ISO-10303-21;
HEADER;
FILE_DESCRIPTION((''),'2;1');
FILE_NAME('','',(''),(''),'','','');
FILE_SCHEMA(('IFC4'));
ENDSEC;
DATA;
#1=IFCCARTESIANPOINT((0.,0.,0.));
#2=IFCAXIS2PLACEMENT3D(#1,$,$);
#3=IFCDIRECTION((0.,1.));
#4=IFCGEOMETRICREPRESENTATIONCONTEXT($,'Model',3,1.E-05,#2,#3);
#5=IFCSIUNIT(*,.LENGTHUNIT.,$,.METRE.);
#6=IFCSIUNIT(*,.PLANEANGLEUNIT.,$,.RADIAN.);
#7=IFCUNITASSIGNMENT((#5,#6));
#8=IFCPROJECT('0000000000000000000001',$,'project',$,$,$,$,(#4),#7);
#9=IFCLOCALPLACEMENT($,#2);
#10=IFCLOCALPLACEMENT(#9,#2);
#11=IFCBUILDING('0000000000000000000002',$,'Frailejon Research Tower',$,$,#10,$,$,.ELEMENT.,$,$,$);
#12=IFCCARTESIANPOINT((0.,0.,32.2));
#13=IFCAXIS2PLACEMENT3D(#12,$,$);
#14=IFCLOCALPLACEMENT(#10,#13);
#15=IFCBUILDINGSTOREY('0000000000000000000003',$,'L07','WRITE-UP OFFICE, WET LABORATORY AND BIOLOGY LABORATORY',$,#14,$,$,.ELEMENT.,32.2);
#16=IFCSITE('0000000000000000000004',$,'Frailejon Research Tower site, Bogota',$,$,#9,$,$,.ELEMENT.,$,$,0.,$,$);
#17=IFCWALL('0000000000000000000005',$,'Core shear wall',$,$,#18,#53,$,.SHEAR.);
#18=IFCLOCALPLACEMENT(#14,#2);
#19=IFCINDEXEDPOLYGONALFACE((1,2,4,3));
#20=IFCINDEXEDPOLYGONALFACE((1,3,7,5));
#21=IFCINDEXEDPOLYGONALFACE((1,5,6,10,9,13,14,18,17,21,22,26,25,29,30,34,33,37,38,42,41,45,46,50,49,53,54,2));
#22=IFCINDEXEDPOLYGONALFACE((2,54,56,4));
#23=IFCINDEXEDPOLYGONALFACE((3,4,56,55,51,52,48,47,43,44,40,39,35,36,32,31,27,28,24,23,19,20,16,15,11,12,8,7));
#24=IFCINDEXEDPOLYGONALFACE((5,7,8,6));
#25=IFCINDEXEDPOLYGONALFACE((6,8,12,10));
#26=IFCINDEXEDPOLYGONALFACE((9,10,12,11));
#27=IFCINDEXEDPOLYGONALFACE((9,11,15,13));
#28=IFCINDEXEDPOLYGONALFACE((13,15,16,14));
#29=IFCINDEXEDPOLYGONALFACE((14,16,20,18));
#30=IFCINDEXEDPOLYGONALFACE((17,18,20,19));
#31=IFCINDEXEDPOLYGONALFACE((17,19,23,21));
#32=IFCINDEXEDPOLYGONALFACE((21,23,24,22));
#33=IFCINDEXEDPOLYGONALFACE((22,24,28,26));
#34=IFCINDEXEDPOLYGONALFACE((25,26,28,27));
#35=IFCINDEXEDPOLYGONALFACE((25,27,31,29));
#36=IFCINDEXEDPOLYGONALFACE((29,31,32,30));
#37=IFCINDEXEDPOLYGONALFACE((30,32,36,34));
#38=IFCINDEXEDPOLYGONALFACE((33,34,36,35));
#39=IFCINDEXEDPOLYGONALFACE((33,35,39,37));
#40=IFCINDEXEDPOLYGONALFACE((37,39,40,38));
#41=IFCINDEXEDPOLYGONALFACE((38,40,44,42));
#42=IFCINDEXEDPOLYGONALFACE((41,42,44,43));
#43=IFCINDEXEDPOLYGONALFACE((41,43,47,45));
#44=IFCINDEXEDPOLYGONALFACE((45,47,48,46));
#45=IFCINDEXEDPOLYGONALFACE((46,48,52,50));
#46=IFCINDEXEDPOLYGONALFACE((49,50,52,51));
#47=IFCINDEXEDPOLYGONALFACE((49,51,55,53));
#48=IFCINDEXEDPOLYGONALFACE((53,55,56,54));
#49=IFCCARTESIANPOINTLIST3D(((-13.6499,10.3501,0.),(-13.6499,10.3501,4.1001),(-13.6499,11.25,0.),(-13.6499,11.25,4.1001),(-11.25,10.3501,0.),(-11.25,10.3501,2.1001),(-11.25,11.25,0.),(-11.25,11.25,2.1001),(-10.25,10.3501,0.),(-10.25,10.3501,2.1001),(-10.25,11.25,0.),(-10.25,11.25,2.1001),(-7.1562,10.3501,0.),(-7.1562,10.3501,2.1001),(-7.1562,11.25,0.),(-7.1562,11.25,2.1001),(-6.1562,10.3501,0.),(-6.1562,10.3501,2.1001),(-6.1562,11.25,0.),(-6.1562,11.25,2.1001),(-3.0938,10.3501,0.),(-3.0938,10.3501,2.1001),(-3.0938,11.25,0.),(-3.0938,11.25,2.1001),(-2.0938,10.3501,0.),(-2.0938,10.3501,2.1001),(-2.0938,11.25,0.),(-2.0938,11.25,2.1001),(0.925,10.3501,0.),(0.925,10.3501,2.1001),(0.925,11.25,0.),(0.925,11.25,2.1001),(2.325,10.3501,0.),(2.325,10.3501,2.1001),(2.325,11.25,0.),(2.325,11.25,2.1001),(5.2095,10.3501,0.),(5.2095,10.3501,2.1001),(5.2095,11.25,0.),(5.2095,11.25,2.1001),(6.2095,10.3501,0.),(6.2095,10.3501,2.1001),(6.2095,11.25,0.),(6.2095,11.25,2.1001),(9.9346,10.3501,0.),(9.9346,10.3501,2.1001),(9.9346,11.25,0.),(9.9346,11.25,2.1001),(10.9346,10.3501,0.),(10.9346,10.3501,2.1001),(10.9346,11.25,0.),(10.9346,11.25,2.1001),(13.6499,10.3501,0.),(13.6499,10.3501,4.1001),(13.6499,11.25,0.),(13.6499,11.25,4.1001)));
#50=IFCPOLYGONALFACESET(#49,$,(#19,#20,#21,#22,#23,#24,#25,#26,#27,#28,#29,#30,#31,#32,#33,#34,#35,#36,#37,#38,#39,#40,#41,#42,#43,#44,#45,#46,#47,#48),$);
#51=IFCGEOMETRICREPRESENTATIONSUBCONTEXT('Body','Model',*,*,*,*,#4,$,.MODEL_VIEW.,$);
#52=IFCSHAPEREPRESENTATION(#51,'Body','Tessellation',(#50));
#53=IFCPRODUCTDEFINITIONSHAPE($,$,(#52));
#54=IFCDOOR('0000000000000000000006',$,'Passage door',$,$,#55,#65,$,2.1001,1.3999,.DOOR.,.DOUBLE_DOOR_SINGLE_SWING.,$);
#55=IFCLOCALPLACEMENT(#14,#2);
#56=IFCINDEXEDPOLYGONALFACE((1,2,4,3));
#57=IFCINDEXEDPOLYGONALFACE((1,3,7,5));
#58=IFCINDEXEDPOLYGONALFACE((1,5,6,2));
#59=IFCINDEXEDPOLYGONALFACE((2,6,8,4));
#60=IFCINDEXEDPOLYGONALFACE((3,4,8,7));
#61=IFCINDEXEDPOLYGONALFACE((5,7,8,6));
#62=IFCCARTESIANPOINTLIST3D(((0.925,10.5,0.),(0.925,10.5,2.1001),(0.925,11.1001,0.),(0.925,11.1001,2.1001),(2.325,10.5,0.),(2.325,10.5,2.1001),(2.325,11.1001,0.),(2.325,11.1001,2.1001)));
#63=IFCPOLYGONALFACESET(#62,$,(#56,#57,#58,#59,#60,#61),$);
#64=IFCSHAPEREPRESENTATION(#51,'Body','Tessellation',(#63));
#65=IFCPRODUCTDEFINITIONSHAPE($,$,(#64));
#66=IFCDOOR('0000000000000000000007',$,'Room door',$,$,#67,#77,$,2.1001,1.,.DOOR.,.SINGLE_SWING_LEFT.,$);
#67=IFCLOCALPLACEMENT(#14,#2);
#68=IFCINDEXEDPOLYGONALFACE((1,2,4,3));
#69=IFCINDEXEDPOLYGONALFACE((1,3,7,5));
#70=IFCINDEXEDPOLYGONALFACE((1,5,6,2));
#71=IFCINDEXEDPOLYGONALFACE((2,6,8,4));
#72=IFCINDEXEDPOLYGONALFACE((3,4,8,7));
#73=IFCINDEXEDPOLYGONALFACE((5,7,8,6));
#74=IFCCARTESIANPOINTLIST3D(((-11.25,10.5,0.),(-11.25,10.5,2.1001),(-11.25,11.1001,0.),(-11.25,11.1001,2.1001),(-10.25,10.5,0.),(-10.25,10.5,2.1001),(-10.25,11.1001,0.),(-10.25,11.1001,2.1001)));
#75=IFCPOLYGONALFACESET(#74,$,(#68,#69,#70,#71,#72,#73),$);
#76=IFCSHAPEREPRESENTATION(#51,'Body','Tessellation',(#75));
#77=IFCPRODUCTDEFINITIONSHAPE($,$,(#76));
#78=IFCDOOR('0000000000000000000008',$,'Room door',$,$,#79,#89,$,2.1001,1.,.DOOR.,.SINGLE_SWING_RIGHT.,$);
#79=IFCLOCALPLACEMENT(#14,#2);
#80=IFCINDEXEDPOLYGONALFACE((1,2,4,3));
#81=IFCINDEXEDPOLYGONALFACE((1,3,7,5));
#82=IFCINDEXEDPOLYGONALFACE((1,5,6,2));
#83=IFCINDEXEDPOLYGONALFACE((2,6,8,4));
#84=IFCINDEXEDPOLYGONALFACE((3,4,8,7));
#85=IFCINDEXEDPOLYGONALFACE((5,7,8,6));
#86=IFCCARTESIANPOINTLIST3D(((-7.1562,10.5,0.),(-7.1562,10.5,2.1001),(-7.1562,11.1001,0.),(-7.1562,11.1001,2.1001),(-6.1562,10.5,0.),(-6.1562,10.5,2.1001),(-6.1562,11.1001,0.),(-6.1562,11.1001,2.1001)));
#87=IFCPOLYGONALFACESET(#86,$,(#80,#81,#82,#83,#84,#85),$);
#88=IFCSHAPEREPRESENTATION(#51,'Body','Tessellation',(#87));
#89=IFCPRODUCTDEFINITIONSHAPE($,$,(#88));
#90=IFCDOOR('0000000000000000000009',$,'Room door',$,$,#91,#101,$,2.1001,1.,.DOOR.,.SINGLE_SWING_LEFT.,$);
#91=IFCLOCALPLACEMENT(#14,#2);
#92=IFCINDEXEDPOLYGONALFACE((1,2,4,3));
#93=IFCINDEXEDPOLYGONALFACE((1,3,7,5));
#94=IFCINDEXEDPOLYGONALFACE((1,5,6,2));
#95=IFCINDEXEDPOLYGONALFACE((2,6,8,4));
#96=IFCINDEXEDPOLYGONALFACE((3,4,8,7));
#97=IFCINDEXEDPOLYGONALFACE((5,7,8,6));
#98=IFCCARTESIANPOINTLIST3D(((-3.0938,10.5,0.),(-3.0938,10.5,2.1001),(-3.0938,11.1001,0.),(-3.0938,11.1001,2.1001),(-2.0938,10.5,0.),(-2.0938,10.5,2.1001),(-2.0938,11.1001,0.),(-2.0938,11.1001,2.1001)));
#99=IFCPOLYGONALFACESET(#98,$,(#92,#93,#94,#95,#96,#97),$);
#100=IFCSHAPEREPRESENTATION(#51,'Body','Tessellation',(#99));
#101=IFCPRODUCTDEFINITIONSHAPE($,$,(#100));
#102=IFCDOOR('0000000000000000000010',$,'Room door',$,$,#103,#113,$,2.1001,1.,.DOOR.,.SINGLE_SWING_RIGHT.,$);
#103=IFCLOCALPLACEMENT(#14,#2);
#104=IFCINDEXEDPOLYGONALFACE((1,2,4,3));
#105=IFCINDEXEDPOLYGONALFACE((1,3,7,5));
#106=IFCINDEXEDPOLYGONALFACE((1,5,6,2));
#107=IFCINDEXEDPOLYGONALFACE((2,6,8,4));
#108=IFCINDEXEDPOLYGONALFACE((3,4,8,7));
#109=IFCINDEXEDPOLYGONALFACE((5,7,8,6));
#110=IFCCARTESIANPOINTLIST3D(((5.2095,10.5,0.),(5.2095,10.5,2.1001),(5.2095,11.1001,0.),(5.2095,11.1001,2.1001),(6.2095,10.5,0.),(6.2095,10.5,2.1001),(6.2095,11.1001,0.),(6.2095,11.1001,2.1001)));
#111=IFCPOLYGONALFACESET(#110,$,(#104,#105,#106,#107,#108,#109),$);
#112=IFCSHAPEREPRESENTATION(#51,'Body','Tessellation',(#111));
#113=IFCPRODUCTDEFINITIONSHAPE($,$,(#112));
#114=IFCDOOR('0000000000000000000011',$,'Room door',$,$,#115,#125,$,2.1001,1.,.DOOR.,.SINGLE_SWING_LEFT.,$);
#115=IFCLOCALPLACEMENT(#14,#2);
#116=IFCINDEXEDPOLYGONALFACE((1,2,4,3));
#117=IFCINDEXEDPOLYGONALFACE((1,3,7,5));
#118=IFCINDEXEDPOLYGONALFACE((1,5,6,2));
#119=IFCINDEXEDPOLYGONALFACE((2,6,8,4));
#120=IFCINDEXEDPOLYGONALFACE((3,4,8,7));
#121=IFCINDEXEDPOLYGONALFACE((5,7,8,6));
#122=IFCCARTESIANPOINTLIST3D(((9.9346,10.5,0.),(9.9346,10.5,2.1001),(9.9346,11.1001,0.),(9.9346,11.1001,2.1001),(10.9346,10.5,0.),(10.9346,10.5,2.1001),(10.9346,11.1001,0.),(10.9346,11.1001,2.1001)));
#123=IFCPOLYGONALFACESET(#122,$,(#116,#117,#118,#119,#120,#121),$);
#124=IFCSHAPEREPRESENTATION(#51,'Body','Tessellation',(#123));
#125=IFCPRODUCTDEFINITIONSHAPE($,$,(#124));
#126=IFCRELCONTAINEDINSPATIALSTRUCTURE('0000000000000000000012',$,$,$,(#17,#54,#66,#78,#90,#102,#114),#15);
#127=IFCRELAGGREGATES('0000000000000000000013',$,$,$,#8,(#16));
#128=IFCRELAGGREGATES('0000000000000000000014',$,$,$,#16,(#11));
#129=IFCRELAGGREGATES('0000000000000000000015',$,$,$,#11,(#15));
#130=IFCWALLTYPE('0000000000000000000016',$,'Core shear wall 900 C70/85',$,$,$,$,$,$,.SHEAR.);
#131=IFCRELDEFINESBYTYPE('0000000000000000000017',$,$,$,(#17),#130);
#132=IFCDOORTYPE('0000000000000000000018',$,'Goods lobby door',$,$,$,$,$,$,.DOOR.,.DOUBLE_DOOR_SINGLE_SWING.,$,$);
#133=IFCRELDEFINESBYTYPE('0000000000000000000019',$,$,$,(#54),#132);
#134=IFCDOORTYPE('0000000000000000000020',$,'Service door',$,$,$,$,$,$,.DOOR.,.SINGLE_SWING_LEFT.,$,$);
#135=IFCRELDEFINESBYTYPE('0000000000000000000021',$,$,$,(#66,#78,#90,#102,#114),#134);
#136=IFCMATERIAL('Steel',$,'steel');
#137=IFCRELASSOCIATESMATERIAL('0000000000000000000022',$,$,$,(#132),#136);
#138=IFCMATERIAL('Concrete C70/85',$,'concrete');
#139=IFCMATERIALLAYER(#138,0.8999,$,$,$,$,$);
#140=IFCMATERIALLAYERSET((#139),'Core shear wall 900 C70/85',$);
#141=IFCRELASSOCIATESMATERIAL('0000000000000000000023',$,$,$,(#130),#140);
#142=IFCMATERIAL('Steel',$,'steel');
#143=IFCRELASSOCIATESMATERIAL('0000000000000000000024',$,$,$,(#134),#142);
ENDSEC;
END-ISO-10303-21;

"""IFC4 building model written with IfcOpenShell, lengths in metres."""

from ifc_helpers import new_model, si_unit, direction, frame, frame_2d, origin, place, context, subcontext, project, spatial, rectangle, extrude, material, layer, layer_set, type_object, element, fill, save


model = new_model("IFC4")

# Units and contexts
model_context = context("Model", 3, precision=1e-05, world=origin(), true_north=direction((0.0, 1.0)))
body_context = subcontext(model_context, "Body", "Model", "MODEL_VIEW")
ifc_project = project(units=[si_unit("LENGTHUNIT", "METRE"), si_unit("PLANEANGLEUNIT", "RADIAN")], contexts=[model_context])

# Site, building, storey
site_placement = place(None, origin())
site = spatial("IfcSite", under=ifc_project, at=site_placement, Name="Frailejon Research Tower site, Bogota", CompositionType="ELEMENT", RefElevation=0.0)
building_placement = place(site_placement, origin())
building = spatial("IfcBuilding", under=site, at=building_placement, Name="Frailejon Research Tower", CompositionType="ELEMENT")
storey_placement = place(building_placement, frame((0.0, 0.0, 32.2)))
storey = spatial("IfcBuildingStorey", under=building, at=storey_placement, Name="L07", Description="WRITE-UP OFFICE, WET LABORATORY AND BIOLOGY LABORATORY", CompositionType="ELEMENT", Elevation=32.2)

# Shared definitions
ifc_material_1 = material(Name="Steel", Category="steel")
door_type_1 = type_object("IfcDoorType", Name="Goods lobby door", OperationType="DOUBLE_DOOR_SINGLE_SWING", PredefinedType="DOOR", material=ifc_material_1)

# Wall, openings, doors
ifc_material_2 = material(Name="Concrete C70/85", Category="concrete")
ifc_layer_1 = layer(ifc_material_2, 0.8999)
ifc_layer_set_1 = layer_set([ifc_layer_1], Name="Core shear wall 900 C70/85")
wall_type_1 = type_object("IfcWallType", Name="Core shear wall 900 C70/85", PredefinedType="SHEAR", material=ifc_layer_set_1)
wall_1_placement = place(storey_placement, frame((-13.6499, 10.8, 0.0), z_axis=(0.0, 0.0, 1.0), x_axis=(1.0, 0.0, 0.0)))
wall_1 = element("IfcWall", 1, at=wall_1_placement, inside=storey, type_object=wall_type_1, Name="Core shear wall", PredefinedType="SHEAR", context=body_context, shape_type="SweptSolid", body=[
    extrude(rectangle(XDim=27.2998, YDim=0.8999, at=frame_2d((13.6499, 0.0))), origin(), (0.0, 0.0, 1.0), 4.1001),
])
opening_1_placement = place(wall_1_placement, frame((2.3999, 0.0, 0.0)))
opening_1 = element("IfcOpeningElement", 2, at=opening_1_placement, cuts=wall_1, PredefinedType="OPENING", context=body_context, shape_type="SweptSolid", body=[
    extrude(rectangle(XDim=1.0, YDim=2.1001, at=frame_2d((0.5, 1.05))), frame((0.0, 0.46, 0.0), z_axis=(0.0, -1.0, 0.0), x_axis=(1.0, 0.0, 0.0)), (0.0, 0.0, 1.0), 0.9199),
])
opening_2_placement = place(wall_1_placement, frame((6.4937, 0.0, 0.0)))
opening_2 = element("IfcOpeningElement", 3, at=opening_2_placement, cuts=wall_1, PredefinedType="OPENING", context=body_context, shape_type="SweptSolid", body=[
    extrude(rectangle(XDim=1.0, YDim=2.1001, at=frame_2d((0.5, 1.05))), frame((0.0, 0.46, 0.0), z_axis=(0.0, -1.0, 0.0), x_axis=(1.0, 0.0, 0.0)), (0.0, 0.0, 1.0), 0.9199),
])
opening_3_placement = place(wall_1_placement, frame((10.5562, 0.0, 0.0)))
opening_3 = element("IfcOpeningElement", 4, at=opening_3_placement, cuts=wall_1, PredefinedType="OPENING", context=body_context, shape_type="SweptSolid", body=[
    extrude(rectangle(XDim=1.0, YDim=2.1001, at=frame_2d((0.5, 1.05))), frame((0.0, 0.46, 0.0), z_axis=(0.0, -1.0, 0.0), x_axis=(1.0, 0.0, 0.0)), (0.0, 0.0, 1.0), 0.9199),
])
opening_4_placement = place(wall_1_placement, frame((18.8594, 0.0, 0.0)))
opening_4 = element("IfcOpeningElement", 5, at=opening_4_placement, cuts=wall_1, PredefinedType="OPENING", context=body_context, shape_type="SweptSolid", body=[
    extrude(rectangle(XDim=1.0, YDim=2.1001, at=frame_2d((0.5, 1.05))), frame((0.0, 0.46, 0.0), z_axis=(0.0, -1.0, 0.0), x_axis=(1.0, 0.0, 0.0)), (0.0, 0.0, 1.0), 0.9199),
])
opening_5_placement = place(wall_1_placement, frame((23.5845, 0.0, 0.0)))
opening_5 = element("IfcOpeningElement", 6, at=opening_5_placement, cuts=wall_1, PredefinedType="OPENING", context=body_context, shape_type="SweptSolid", body=[
    extrude(rectangle(XDim=1.0, YDim=2.1001, at=frame_2d((0.5, 1.05))), frame((0.0, 0.46, 0.0), z_axis=(0.0, -1.0, 0.0), x_axis=(1.0, 0.0, 0.0)), (0.0, 0.0, 1.0), 0.9199),
])
opening_6_placement = place(wall_1_placement, frame((14.575, 0.0, 0.0)))
opening_6 = element("IfcOpeningElement", 7, at=opening_6_placement, cuts=wall_1, PredefinedType="OPENING", context=body_context, shape_type="SweptSolid", body=[
    extrude(rectangle(XDim=1.3999, YDim=2.1001, at=frame_2d((0.7, 1.05))), frame((0.0, 0.46, 0.0), z_axis=(0.0, -1.0, 0.0), x_axis=(1.0, 0.0, 0.0)), (0.0, 0.0, 1.0), 0.9199),
])
door_1_placement = place(opening_6_placement, origin())
door_1 = element("IfcDoor", 8, at=door_1_placement, inside=storey, type_object=door_type_1, Name="Passage door", OperationType="DOUBLE_DOOR_SINGLE_SWING", OverallHeight=2.1001, OverallWidth=1.3999, PredefinedType="DOOR", context=body_context, shape_type="SweptSolid", body=[
    extrude(rectangle(XDim=1.3999, YDim=2.1001, at=frame_2d((0.7, 1.05))), frame((0.0, 0.3, 0.0), z_axis=(0.0, -1.0, 0.0), x_axis=(1.0, 0.0, 0.0)), (0.0, 0.0, 1.0), 0.6001),
])
fill(opening_6, door_1)
ifc_material_3 = material(Name="Steel", Category="steel")
door_type_2 = type_object("IfcDoorType", Name="Service door", OperationType="SINGLE_SWING_LEFT", PredefinedType="DOOR", material=ifc_material_3)
door_2_placement = place(opening_1_placement, origin())
door_2 = element("IfcDoor", 9, at=door_2_placement, inside=storey, type_object=door_type_2, Name="Room door", OperationType="SINGLE_SWING_LEFT", OverallHeight=2.1001, OverallWidth=1.0, PredefinedType="DOOR", context=body_context, shape_type="SweptSolid", body=[
    extrude(rectangle(XDim=1.0, YDim=2.1001, at=frame_2d((0.5, 1.05))), frame((0.0, 0.3, 0.0), z_axis=(0.0, -1.0, 0.0), x_axis=(1.0, 0.0, 0.0)), (0.0, 0.0, 1.0), 0.6001),
])
fill(opening_1, door_2)
door_3_placement = place(opening_2_placement, origin())
door_3 = element("IfcDoor", 10, at=door_3_placement, inside=storey, type_object=door_type_2, Name="Room door", OperationType="SINGLE_SWING_RIGHT", OverallHeight=2.1001, OverallWidth=1.0, PredefinedType="DOOR", context=body_context, shape_type="SweptSolid", body=[
    extrude(rectangle(XDim=1.0, YDim=2.1001, at=frame_2d((0.5, 1.05))), frame((0.0, 0.3, 0.0), z_axis=(0.0, -1.0, 0.0), x_axis=(1.0, 0.0, 0.0)), (0.0, 0.0, 1.0), 0.6001),
])
fill(opening_2, door_3)
door_4_placement = place(opening_3_placement, origin())
door_4 = element("IfcDoor", 11, at=door_4_placement, inside=storey, type_object=door_type_2, Name="Room door", OperationType="SINGLE_SWING_LEFT", OverallHeight=2.1001, OverallWidth=1.0, PredefinedType="DOOR", context=body_context, shape_type="SweptSolid", body=[
    extrude(rectangle(XDim=1.0, YDim=2.1001, at=frame_2d((0.5, 1.05))), frame((0.0, 0.3, 0.0), z_axis=(0.0, -1.0, 0.0), x_axis=(1.0, 0.0, 0.0)), (0.0, 0.0, 1.0), 0.6001),
])
fill(opening_3, door_4)
door_5_placement = place(opening_4_placement, origin())
door_5 = element("IfcDoor", 12, at=door_5_placement, inside=storey, type_object=door_type_2, Name="Room door", OperationType="SINGLE_SWING_RIGHT", OverallHeight=2.1001, OverallWidth=1.0, PredefinedType="DOOR", context=body_context, shape_type="SweptSolid", body=[
    extrude(rectangle(XDim=1.0, YDim=2.1001, at=frame_2d((0.5, 1.05))), frame((0.0, 0.3, 0.0), z_axis=(0.0, -1.0, 0.0), x_axis=(1.0, 0.0, 0.0)), (0.0, 0.0, 1.0), 0.6001),
])
fill(opening_4, door_5)
door_6_placement = place(opening_5_placement, origin())
door_6 = element("IfcDoor", 13, at=door_6_placement, inside=storey, type_object=door_type_2, Name="Room door", OperationType="SINGLE_SWING_LEFT", OverallHeight=2.1001, OverallWidth=1.0, PredefinedType="DOOR", context=body_context, shape_type="SweptSolid", body=[
    extrude(rectangle(XDim=1.0, YDim=2.1001, at=frame_2d((0.5, 1.05))), frame((0.0, 0.3, 0.0), z_axis=(0.0, -1.0, 0.0), x_axis=(1.0, 0.0, 0.0)), (0.0, 0.0, 1.0), 0.6001),
])
fill(opening_5, door_6)

save(model, "model.ifc")
